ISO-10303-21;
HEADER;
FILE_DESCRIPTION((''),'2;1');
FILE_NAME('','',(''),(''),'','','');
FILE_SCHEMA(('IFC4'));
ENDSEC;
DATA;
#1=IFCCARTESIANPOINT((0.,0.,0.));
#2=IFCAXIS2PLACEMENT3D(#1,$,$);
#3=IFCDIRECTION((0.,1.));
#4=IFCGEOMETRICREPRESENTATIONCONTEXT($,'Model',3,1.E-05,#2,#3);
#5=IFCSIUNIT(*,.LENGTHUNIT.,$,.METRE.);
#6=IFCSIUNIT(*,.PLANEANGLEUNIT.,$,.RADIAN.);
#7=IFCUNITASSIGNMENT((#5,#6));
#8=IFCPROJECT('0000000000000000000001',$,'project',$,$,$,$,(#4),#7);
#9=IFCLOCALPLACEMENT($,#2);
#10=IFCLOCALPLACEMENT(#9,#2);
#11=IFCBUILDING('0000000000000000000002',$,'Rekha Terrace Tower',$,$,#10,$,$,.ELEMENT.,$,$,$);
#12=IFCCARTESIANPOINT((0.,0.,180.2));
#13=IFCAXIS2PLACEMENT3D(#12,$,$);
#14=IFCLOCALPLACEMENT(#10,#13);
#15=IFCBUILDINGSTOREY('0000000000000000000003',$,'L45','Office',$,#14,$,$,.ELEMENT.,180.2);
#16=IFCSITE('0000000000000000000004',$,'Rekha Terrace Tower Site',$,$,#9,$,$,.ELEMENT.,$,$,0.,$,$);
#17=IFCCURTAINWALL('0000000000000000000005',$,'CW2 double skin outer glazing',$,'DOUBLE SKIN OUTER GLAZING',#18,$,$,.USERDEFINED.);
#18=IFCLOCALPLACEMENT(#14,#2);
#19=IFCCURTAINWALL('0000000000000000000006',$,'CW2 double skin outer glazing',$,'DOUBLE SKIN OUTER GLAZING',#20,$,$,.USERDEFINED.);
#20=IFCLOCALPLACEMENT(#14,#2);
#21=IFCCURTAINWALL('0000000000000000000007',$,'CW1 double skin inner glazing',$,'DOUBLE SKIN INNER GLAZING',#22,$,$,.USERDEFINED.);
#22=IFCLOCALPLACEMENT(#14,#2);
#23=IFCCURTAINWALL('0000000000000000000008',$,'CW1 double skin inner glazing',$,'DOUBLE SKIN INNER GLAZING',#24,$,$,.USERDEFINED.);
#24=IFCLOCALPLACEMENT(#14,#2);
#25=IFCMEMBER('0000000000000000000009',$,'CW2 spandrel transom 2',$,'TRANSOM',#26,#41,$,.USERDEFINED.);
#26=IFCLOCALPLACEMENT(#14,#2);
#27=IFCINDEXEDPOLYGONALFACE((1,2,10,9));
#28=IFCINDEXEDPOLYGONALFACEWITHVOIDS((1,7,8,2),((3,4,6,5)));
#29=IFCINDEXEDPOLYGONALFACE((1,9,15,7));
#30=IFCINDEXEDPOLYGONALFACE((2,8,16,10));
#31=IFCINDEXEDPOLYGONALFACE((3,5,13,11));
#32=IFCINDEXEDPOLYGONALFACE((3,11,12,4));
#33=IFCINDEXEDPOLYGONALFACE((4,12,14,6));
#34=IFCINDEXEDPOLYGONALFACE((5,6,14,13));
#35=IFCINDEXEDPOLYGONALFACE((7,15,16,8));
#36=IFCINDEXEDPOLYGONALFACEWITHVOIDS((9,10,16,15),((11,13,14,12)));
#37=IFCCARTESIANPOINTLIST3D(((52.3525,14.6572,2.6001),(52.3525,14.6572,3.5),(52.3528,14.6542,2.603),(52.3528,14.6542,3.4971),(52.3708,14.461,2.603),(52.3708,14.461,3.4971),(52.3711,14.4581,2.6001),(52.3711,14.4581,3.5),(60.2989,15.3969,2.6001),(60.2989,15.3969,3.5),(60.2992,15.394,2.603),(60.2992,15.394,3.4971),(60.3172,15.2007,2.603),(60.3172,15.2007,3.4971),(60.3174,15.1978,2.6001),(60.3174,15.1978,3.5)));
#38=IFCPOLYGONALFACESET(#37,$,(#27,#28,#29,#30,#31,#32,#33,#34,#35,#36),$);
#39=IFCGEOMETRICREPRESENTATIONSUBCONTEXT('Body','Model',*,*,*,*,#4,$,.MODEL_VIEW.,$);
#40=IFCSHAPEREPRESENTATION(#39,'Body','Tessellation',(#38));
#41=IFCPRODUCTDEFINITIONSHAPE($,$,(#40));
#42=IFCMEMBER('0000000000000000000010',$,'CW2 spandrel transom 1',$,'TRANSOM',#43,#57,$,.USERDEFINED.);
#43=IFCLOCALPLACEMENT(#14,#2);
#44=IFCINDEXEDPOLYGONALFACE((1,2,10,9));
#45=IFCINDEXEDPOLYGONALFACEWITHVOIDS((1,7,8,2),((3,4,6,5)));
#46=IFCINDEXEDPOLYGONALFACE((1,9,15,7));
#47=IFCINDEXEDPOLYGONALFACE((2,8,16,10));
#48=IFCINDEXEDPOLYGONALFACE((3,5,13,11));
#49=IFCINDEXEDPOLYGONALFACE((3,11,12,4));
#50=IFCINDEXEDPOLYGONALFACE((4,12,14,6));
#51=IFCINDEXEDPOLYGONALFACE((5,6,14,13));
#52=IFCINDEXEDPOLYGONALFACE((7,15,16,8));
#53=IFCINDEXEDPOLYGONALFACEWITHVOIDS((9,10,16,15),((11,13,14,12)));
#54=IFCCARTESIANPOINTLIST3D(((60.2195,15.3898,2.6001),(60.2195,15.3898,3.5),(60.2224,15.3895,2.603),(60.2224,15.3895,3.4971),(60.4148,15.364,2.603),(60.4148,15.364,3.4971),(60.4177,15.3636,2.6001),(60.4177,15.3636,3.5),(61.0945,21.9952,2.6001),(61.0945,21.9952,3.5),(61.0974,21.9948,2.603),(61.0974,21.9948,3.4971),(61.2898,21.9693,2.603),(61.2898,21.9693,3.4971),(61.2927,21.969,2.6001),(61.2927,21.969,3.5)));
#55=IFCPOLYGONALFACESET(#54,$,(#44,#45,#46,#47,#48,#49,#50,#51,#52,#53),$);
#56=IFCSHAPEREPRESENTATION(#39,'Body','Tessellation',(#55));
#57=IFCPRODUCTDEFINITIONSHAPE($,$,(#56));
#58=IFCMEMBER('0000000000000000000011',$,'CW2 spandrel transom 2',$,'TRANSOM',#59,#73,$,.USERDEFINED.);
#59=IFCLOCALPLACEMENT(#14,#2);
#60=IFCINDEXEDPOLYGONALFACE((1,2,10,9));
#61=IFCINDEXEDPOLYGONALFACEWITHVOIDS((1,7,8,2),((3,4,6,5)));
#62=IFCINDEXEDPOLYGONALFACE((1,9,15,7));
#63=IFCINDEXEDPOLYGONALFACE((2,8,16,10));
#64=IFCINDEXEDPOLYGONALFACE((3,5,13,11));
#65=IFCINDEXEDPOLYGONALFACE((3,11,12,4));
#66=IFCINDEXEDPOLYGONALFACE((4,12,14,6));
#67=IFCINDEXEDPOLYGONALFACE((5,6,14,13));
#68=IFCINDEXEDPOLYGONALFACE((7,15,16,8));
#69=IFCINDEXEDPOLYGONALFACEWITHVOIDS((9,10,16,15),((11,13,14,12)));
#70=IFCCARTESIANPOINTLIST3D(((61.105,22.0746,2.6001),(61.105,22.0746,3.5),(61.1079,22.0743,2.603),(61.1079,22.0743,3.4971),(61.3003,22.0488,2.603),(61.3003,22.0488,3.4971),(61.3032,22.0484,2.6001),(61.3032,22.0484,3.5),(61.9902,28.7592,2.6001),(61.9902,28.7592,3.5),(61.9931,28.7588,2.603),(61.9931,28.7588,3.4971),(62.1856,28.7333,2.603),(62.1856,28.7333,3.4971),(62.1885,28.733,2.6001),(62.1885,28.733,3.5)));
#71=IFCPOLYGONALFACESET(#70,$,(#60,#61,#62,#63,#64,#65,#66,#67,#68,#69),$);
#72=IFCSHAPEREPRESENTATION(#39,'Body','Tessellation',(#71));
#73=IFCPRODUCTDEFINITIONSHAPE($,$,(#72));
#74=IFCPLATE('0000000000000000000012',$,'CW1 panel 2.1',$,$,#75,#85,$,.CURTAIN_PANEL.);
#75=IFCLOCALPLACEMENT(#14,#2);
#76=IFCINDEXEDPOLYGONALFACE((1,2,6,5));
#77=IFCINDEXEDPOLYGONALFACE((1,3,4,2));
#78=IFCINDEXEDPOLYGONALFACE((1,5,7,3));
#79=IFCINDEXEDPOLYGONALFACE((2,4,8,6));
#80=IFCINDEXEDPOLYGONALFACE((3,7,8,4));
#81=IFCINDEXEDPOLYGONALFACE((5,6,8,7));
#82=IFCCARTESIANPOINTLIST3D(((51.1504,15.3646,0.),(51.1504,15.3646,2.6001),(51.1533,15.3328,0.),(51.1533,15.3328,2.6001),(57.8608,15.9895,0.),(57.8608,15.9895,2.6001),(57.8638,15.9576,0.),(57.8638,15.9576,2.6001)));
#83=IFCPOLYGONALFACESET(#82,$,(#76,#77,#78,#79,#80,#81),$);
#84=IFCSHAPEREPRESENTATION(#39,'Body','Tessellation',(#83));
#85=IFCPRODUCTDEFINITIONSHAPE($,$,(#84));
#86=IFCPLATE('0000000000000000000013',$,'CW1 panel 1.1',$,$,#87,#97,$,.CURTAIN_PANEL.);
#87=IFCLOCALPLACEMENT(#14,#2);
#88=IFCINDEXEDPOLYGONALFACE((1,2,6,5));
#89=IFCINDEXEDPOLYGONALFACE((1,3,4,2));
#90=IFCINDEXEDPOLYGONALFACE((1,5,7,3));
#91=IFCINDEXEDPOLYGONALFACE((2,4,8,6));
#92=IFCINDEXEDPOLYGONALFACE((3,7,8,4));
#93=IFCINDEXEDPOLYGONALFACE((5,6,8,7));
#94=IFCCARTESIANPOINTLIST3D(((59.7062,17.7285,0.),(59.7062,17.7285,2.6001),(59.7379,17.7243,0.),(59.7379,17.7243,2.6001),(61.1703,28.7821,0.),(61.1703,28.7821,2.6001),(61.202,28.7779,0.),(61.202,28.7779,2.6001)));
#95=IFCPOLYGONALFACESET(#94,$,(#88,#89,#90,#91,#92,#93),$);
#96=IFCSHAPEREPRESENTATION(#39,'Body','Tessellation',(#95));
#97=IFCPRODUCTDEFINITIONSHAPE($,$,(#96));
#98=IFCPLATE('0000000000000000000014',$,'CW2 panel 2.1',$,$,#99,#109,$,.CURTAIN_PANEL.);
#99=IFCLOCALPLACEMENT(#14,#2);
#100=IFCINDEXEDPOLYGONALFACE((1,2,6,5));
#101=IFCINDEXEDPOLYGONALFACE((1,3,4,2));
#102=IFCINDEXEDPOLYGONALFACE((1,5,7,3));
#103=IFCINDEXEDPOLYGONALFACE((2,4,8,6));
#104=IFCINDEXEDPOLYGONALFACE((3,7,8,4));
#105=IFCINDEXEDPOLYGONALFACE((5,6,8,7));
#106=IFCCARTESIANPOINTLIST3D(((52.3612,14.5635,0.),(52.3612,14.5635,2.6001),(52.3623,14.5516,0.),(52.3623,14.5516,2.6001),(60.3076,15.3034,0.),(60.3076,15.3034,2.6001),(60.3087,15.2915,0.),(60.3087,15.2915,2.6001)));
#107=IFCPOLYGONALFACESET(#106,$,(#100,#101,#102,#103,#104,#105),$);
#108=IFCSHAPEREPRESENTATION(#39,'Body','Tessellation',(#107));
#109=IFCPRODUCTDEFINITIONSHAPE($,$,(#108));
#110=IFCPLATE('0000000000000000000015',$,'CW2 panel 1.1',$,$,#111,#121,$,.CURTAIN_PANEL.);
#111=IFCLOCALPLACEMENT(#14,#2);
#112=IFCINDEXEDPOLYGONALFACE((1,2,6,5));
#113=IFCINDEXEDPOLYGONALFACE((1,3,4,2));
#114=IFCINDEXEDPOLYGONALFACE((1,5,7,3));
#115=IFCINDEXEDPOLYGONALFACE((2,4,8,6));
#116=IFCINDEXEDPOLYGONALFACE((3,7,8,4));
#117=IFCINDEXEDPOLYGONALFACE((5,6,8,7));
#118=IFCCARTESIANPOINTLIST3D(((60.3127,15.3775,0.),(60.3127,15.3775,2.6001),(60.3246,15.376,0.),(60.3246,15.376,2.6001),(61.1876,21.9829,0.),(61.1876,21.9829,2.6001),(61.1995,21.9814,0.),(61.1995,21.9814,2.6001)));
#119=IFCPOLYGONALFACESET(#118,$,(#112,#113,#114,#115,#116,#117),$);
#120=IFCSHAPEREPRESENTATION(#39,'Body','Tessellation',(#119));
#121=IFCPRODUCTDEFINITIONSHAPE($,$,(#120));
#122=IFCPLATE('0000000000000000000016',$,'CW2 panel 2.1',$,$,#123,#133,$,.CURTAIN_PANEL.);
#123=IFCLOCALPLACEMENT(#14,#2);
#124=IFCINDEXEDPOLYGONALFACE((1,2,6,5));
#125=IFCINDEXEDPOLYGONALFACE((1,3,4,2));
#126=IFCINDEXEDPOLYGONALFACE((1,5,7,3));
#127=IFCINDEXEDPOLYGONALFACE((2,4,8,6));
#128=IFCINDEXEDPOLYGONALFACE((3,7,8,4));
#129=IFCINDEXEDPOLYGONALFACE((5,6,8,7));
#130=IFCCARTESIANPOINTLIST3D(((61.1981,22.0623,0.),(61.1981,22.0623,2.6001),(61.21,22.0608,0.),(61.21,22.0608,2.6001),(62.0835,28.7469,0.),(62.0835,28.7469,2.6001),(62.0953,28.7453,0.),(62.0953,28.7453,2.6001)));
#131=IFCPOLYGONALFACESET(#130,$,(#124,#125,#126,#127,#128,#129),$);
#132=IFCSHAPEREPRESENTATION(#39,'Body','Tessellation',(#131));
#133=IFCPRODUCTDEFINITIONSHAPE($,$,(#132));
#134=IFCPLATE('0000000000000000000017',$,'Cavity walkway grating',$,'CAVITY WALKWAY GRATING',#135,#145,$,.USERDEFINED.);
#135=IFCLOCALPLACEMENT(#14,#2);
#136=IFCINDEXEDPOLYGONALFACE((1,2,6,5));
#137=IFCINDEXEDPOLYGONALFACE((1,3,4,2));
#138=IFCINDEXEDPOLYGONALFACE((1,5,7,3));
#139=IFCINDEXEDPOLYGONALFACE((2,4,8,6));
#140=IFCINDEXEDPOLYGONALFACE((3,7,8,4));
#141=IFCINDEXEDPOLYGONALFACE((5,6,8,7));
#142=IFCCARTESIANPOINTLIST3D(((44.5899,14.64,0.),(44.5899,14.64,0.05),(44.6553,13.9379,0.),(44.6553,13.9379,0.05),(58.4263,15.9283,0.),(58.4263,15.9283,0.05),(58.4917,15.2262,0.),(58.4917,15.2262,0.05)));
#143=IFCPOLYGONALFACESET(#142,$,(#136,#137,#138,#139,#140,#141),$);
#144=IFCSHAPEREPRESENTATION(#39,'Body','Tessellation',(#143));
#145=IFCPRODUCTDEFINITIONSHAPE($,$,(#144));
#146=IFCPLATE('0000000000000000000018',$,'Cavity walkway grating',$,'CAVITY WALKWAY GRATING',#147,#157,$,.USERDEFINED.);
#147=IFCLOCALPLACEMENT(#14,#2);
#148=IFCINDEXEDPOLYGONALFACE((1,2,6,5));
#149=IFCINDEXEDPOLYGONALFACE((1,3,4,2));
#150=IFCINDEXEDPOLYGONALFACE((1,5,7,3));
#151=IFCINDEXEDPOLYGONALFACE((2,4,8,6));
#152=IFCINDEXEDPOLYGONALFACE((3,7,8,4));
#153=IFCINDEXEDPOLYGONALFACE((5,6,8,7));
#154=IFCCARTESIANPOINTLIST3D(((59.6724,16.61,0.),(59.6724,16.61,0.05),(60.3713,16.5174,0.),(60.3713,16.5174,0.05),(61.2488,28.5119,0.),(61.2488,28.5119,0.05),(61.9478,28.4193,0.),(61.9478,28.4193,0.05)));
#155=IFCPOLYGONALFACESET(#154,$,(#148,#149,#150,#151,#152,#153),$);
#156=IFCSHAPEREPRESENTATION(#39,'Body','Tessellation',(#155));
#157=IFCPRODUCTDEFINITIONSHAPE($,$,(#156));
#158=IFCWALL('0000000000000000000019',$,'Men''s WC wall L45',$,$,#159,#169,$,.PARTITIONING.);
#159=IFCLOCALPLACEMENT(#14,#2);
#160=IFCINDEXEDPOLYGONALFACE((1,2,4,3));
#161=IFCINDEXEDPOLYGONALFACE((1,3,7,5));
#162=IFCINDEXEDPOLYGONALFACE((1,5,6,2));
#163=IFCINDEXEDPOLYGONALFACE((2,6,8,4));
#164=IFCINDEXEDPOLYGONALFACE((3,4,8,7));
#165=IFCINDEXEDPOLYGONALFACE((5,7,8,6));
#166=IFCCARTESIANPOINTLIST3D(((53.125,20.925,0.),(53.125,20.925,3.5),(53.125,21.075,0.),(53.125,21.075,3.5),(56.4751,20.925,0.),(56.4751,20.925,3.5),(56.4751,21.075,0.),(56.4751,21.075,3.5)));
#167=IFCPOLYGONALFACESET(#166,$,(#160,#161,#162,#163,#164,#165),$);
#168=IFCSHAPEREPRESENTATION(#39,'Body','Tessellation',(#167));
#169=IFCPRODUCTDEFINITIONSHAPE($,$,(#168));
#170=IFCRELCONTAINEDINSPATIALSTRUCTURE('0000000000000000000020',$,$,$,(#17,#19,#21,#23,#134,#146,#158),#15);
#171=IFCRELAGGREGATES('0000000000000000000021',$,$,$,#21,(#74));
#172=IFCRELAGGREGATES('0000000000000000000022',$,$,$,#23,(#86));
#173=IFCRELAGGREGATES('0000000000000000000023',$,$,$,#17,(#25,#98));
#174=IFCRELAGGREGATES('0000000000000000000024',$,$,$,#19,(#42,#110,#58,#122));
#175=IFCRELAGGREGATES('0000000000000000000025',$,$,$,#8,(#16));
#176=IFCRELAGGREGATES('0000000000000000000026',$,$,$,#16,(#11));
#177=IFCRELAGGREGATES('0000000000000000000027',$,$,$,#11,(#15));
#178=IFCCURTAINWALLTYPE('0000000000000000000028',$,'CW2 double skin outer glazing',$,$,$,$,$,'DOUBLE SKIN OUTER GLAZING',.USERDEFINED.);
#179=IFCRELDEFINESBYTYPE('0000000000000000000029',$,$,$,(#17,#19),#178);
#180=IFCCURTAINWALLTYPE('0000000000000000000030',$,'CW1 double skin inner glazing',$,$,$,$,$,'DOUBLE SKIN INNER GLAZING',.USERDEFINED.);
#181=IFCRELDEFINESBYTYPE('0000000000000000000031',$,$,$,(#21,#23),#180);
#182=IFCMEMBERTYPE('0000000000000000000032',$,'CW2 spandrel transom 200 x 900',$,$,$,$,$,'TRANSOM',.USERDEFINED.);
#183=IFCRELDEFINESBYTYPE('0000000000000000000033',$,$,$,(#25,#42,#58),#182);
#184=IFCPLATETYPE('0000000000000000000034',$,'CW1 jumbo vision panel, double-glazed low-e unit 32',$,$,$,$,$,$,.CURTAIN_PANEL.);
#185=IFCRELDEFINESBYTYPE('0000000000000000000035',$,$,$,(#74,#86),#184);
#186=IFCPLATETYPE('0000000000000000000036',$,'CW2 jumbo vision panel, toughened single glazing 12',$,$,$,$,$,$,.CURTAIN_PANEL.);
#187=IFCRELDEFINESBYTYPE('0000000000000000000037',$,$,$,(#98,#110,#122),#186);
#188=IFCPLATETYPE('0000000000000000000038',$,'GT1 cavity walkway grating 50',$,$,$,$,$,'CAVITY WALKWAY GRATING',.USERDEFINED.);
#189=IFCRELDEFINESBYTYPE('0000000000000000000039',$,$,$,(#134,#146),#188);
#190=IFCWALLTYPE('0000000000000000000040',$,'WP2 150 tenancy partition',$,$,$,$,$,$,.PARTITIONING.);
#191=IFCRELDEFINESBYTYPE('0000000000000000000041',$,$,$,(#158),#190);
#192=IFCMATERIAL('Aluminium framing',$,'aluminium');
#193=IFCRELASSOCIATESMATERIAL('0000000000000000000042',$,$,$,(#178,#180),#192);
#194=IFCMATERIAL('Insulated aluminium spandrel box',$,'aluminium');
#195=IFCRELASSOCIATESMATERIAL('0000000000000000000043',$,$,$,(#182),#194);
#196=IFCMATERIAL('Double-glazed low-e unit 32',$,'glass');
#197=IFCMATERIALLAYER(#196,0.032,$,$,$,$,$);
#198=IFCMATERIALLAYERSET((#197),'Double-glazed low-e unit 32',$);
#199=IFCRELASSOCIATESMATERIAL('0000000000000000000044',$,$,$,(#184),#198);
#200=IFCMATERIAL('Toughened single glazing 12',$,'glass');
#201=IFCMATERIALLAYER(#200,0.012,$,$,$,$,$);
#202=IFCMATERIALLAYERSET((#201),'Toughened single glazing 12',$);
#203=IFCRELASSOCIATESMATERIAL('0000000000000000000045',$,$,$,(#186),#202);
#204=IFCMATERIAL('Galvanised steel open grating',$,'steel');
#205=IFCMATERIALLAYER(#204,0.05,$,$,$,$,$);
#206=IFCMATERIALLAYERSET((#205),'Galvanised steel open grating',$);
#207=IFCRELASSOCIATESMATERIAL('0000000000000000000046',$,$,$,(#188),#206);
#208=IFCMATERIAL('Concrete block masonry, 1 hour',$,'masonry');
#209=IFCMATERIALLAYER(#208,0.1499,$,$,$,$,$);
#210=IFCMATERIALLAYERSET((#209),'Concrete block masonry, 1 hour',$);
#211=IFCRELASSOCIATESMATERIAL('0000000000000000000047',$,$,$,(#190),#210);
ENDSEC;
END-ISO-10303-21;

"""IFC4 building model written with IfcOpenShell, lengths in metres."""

from ifc_helpers import new_model, si_unit, direction, frame, frame_2d, origin, origin_2d, place, context, subcontext, project, spatial, rectangle, hollow_rectangle, extrude, material, layer, layer_set, material_profile, profile_set, type_object, element, aggregate, save


model = new_model("IFC4")

# Units and contexts
model_context = context("Model", 3, precision=1e-05, world=origin(), true_north=direction((0.0, 1.0)))
body_context = subcontext(model_context, "Body", "Model", "MODEL_VIEW")
ifc_project = project(units=[si_unit("LENGTHUNIT", "METRE"), si_unit("PLANEANGLEUNIT", "RADIAN")], contexts=[model_context])

# Site, building, storey
site_placement = place(None, origin())
site = spatial("IfcSite", under=ifc_project, at=site_placement, Name="Rekha Terrace Tower Site", CompositionType="ELEMENT", RefElevation=0.0)
building_placement = place(site_placement, origin())
building = spatial("IfcBuilding", under=site, at=building_placement, Name="Rekha Terrace Tower", CompositionType="ELEMENT")
storey_placement = place(building_placement, frame((0.0, 0.0, 180.2)))
storey = spatial("IfcBuildingStorey", under=building, at=storey_placement, Name="L45", Description="Office", CompositionType="ELEMENT", Elevation=180.2)

# Curtain walls
ifc_material_1 = material(Name="Aluminium framing", Category="aluminium")
curtain_wall_type_1 = type_object("IfcCurtainWallType", Name="CW2 double skin outer glazing", ElementType="DOUBLE SKIN OUTER GLAZING", PredefinedType="USERDEFINED", material=ifc_material_1)
curtain_wall_1_placement = place(storey_placement, origin())
curtain_wall_1 = element("IfcCurtainWall", 1, at=curtain_wall_1_placement, inside=storey, type_object=curtain_wall_type_1, Name="CW2 double skin outer glazing", ObjectType="DOUBLE SKIN OUTER GLAZING", PredefinedType="USERDEFINED")
curtain_wall_2_placement = place(storey_placement, origin())
curtain_wall_2 = element("IfcCurtainWall", 2, at=curtain_wall_2_placement, inside=storey, type_object=curtain_wall_type_1, Name="CW2 double skin outer glazing", ObjectType="DOUBLE SKIN OUTER GLAZING", PredefinedType="USERDEFINED")
curtain_wall_type_2 = type_object("IfcCurtainWallType", Name="CW1 double skin inner glazing", ElementType="DOUBLE SKIN INNER GLAZING", PredefinedType="USERDEFINED", material=ifc_material_1)
curtain_wall_3_placement = place(storey_placement, origin())
curtain_wall_3 = element("IfcCurtainWall", 3, at=curtain_wall_3_placement, inside=storey, type_object=curtain_wall_type_2, Name="CW1 double skin inner glazing", ObjectType="DOUBLE SKIN INNER GLAZING", PredefinedType="USERDEFINED")

# Curtain wall
curtain_wall_4_placement = place(storey_placement, origin())
curtain_wall_4 = element("IfcCurtainWall", 4, at=curtain_wall_4_placement, inside=storey, type_object=curtain_wall_type_2, Name="CW1 double skin inner glazing", ObjectType="DOUBLE SKIN INNER GLAZING", PredefinedType="USERDEFINED")
ifc_material_2 = material(Name="Insulated aluminium spandrel box", Category="aluminium")

# Members
ifc_material_profile_1 = material_profile(ifc_material_2, hollow_rectangle(XDim=0.2, YDim=0.8999, WallThickness=0.0029, at=origin_2d()), Name="AL SPANDREL BOX 200x900")
ifc_profile_set_1 = profile_set([ifc_material_profile_1], Name="Insulated aluminium spandrel box")
member_type_1 = type_object("IfcMemberType", Name="CW2 spandrel transom 200 x 900", ElementType="TRANSOM", PredefinedType="USERDEFINED", material=ifc_profile_set_1)
member_1_placement = place(storey_placement, frame((52.3618, 14.5576, 3.05), z_axis=(0.995695, 0.092692, 0.0), x_axis=(-0.092692, 0.995695, 0.0)))
member_1 = element("IfcMember", 5, at=member_1_placement, type_object=member_type_1, Name="CW2 spandrel transom 2", ObjectType="TRANSOM", PredefinedType="USERDEFINED", context=body_context, shape_type="SweptSolid", body=[
    extrude(hollow_rectangle(XDim=0.2, YDim=0.8999, WallThickness=0.0029, at=origin_2d()), origin(), (0.0, 0.0, 1.0), 7.9807),
])
member_2_placement = place(storey_placement, frame((60.3186, 15.3767, 3.05), z_axis=(0.131319, 0.99134, 0.0), x_axis=(-0.99134, 0.131319, 0.0)))
member_2 = element("IfcMember", 6, at=member_2_placement, type_object=member_type_1, Name="CW2 spandrel transom 1", ObjectType="TRANSOM", PredefinedType="USERDEFINED", context=body_context, shape_type="SweptSolid", body=[
    extrude(hollow_rectangle(XDim=0.2, YDim=0.8999, WallThickness=0.0029, at=origin_2d()), origin(), (0.0, 0.0, 1.0), 6.6631),
])
member_3_placement = place(storey_placement, frame((61.2041, 22.0615, 3.05), z_axis=(0.131286, 0.991345, 0.0), x_axis=(-0.991345, 0.131286, 0.0)))
member_3 = element("IfcMember", 7, at=member_3_placement, type_object=member_type_1, Name="CW2 spandrel transom 2", ObjectType="TRANSOM", PredefinedType="USERDEFINED", context=body_context, shape_type="SweptSolid", body=[
    extrude(hollow_rectangle(XDim=0.2, YDim=0.8999, WallThickness=0.0029, at=origin_2d()), origin(), (0.0, 0.0, 1.0), 6.7429),
])

# Plates
ifc_material_3 = material(Name="Double-glazed low-e unit 32", Category="glass")
ifc_layer_1 = layer(ifc_material_3, 0.032)
ifc_layer_set_1 = layer_set([ifc_layer_1], Name="Double-glazed low-e unit 32")
plate_type_1 = type_object("IfcPlateType", Name="CW1 jumbo vision panel, double-glazed low-e unit 32", PredefinedType="CURTAIN_PANEL", material=ifc_layer_set_1)
plate_1_placement = place(storey_placement, frame((54.5071, 15.6611, 0.0), z_axis=(0.0, 0.0, 1.0), x_axis=(0.995693, 0.092709, 0.0)))
plate_1 = element("IfcPlate", 8, at=plate_1_placement, type_object=plate_type_1, Name="CW1 panel 2.1", PredefinedType="CURTAIN_PANEL", context=body_context, shape_type="SweptSolid", body=[
    extrude(rectangle(XDim=6.7395, YDim=0.032, at=origin_2d()), origin(), (0.0, 0.0, 1.0), 2.6001),
])
aggregate(curtain_wall_3, [plate_1])
plate_2_placement = place(storey_placement, frame((60.4541, 23.2532, 0.0), z_axis=(0.0, 0.0, 1.0), x_axis=(0.131304, 0.991342, 0.0)))
plate_2 = element("IfcPlate", 9, at=plate_2_placement, type_object=plate_type_1, Name="CW1 panel 1.1", PredefinedType="CURTAIN_PANEL", context=body_context, shape_type="SweptSolid", body=[
    extrude(rectangle(XDim=11.1501, YDim=0.032, at=origin_2d()), origin(), (0.0, 0.0, 1.0), 2.6001),
])
aggregate(curtain_wall_4, [plate_2])
ifc_material_4 = material(Name="Toughened single glazing 12", Category="glass")
ifc_layer_2 = layer(ifc_material_4, 0.012)
ifc_layer_set_2 = layer_set([ifc_layer_2], Name="Toughened single glazing 12")
plate_type_2 = type_object("IfcPlateType", Name="CW2 jumbo vision panel, toughened single glazing 12", PredefinedType="CURTAIN_PANEL", material=ifc_layer_set_2)
plate_3_placement = place(storey_placement, frame((56.335, 14.9275, 0.0), z_axis=(0.0, 0.0, 1.0), x_axis=(0.995693, 0.092709, 0.0)))
plate_3 = element("IfcPlate", 10, at=plate_3_placement, type_object=plate_type_2, Name="CW2 panel 2.1", PredefinedType="CURTAIN_PANEL", context=body_context, shape_type="SweptSolid", body=[
    extrude(rectangle(XDim=7.9807, YDim=0.012, at=origin_2d()), origin(), (0.0, 0.0, 1.0), 2.6001),
])
aggregate(curtain_wall_1, [member_1, plate_3])
plate_4_placement = place(storey_placement, frame((60.7561, 18.6794, 0.0), z_axis=(0.0, 0.0, 1.0), x_axis=(0.131304, 0.991342, 0.0)))
plate_4 = element("IfcPlate", 11, at=plate_4_placement, type_object=plate_type_2, Name="CW2 panel 1.1", PredefinedType="CURTAIN_PANEL", context=body_context, shape_type="SweptSolid", body=[
    extrude(rectangle(XDim=6.6631, YDim=0.012, at=origin_2d()), origin(), (0.0, 0.0, 1.0), 2.6001),
])
plate_5_placement = place(storey_placement, frame((61.6467, 25.4038, 0.0), z_axis=(0.0, 0.0, 1.0), x_axis=(0.131304, 0.991342, 0.0)))
plate_5 = element("IfcPlate", 12, at=plate_5_placement, type_object=plate_type_2, Name="CW2 panel 2.1", PredefinedType="CURTAIN_PANEL", context=body_context, shape_type="SweptSolid", body=[
    extrude(rectangle(XDim=6.7429, YDim=0.012, at=origin_2d()), origin(), (0.0, 0.0, 1.0), 2.6001),
])
aggregate(curtain_wall_2, [member_2, plate_4, member_3, plate_5])

# Plates
ifc_material_5 = material(Name="Galvanised steel open grating", Category="steel")
ifc_layer_3 = layer(ifc_material_5, 0.05)
ifc_layer_set_3 = layer_set([ifc_layer_3], Name="Galvanised steel open grating")
plate_type_3 = type_object("IfcPlateType", Name="GT1 cavity walkway grating 50", ElementType="CAVITY WALKWAY GRATING", PredefinedType="USERDEFINED", material=ifc_layer_set_3)
plate_6_placement = place(storey_placement, frame((51.5408, 14.9331, 0.0), z_axis=(0.0, 0.0, 1.0), x_axis=(0.995693, 0.092709, 0.0)))
element("IfcPlate", 13, at=plate_6_placement, inside=storey, type_object=plate_type_3, Name="Cavity walkway grating", ObjectType="CAVITY WALKWAY GRATING", PredefinedType="USERDEFINED", context=body_context, shape_type="SweptSolid", body=[
    extrude(rectangle(XDim=13.8962, YDim=0.7051, at=origin_2d()), origin(), (0.0, 0.0, 1.0), 0.05),
])
plate_7_placement = place(storey_placement, frame((60.8101, 22.5146, 0.0), z_axis=(0.0, 0.0, 1.0), x_axis=(0.131304, 0.991342, 0.0)))
element("IfcPlate", 14, at=plate_7_placement, inside=storey, type_object=plate_type_3, Name="Cavity walkway grating", ObjectType="CAVITY WALKWAY GRATING", PredefinedType="USERDEFINED", context=body_context, shape_type="SweptSolid", body=[
    extrude(rectangle(XDim=12.0059, YDim=0.7051, at=origin_2d()), origin(), (0.0, 0.0, 1.0), 0.05),
])

# Wall
ifc_material_6 = material(Name="Concrete block masonry, 1 hour", Category="masonry")
ifc_layer_4 = layer(ifc_material_6, 0.1499)
ifc_layer_set_4 = layer_set([ifc_layer_4], Name="Concrete block masonry, 1 hour")
wall_type_1 = type_object("IfcWallType", Name="WP2 150 tenancy partition", PredefinedType="PARTITIONING", material=ifc_layer_set_4)
wall_1_placement = place(storey_placement, frame((53.125, 21.0, 0.0), z_axis=(0.0, 0.0, 1.0), x_axis=(1.0, 0.0, 0.0)))
element("IfcWall", 15, at=wall_1_placement, inside=storey, type_object=wall_type_1, Name="Men's WC wall L45", PredefinedType="PARTITIONING", context=body_context, shape_type="SweptSolid", body=[
    extrude(rectangle(XDim=3.3501, YDim=0.1499, at=frame_2d((1.675, 0.0))), origin(), (0.0, 0.0, 1.0), 3.5),
])

save(model, "model.ifc")
